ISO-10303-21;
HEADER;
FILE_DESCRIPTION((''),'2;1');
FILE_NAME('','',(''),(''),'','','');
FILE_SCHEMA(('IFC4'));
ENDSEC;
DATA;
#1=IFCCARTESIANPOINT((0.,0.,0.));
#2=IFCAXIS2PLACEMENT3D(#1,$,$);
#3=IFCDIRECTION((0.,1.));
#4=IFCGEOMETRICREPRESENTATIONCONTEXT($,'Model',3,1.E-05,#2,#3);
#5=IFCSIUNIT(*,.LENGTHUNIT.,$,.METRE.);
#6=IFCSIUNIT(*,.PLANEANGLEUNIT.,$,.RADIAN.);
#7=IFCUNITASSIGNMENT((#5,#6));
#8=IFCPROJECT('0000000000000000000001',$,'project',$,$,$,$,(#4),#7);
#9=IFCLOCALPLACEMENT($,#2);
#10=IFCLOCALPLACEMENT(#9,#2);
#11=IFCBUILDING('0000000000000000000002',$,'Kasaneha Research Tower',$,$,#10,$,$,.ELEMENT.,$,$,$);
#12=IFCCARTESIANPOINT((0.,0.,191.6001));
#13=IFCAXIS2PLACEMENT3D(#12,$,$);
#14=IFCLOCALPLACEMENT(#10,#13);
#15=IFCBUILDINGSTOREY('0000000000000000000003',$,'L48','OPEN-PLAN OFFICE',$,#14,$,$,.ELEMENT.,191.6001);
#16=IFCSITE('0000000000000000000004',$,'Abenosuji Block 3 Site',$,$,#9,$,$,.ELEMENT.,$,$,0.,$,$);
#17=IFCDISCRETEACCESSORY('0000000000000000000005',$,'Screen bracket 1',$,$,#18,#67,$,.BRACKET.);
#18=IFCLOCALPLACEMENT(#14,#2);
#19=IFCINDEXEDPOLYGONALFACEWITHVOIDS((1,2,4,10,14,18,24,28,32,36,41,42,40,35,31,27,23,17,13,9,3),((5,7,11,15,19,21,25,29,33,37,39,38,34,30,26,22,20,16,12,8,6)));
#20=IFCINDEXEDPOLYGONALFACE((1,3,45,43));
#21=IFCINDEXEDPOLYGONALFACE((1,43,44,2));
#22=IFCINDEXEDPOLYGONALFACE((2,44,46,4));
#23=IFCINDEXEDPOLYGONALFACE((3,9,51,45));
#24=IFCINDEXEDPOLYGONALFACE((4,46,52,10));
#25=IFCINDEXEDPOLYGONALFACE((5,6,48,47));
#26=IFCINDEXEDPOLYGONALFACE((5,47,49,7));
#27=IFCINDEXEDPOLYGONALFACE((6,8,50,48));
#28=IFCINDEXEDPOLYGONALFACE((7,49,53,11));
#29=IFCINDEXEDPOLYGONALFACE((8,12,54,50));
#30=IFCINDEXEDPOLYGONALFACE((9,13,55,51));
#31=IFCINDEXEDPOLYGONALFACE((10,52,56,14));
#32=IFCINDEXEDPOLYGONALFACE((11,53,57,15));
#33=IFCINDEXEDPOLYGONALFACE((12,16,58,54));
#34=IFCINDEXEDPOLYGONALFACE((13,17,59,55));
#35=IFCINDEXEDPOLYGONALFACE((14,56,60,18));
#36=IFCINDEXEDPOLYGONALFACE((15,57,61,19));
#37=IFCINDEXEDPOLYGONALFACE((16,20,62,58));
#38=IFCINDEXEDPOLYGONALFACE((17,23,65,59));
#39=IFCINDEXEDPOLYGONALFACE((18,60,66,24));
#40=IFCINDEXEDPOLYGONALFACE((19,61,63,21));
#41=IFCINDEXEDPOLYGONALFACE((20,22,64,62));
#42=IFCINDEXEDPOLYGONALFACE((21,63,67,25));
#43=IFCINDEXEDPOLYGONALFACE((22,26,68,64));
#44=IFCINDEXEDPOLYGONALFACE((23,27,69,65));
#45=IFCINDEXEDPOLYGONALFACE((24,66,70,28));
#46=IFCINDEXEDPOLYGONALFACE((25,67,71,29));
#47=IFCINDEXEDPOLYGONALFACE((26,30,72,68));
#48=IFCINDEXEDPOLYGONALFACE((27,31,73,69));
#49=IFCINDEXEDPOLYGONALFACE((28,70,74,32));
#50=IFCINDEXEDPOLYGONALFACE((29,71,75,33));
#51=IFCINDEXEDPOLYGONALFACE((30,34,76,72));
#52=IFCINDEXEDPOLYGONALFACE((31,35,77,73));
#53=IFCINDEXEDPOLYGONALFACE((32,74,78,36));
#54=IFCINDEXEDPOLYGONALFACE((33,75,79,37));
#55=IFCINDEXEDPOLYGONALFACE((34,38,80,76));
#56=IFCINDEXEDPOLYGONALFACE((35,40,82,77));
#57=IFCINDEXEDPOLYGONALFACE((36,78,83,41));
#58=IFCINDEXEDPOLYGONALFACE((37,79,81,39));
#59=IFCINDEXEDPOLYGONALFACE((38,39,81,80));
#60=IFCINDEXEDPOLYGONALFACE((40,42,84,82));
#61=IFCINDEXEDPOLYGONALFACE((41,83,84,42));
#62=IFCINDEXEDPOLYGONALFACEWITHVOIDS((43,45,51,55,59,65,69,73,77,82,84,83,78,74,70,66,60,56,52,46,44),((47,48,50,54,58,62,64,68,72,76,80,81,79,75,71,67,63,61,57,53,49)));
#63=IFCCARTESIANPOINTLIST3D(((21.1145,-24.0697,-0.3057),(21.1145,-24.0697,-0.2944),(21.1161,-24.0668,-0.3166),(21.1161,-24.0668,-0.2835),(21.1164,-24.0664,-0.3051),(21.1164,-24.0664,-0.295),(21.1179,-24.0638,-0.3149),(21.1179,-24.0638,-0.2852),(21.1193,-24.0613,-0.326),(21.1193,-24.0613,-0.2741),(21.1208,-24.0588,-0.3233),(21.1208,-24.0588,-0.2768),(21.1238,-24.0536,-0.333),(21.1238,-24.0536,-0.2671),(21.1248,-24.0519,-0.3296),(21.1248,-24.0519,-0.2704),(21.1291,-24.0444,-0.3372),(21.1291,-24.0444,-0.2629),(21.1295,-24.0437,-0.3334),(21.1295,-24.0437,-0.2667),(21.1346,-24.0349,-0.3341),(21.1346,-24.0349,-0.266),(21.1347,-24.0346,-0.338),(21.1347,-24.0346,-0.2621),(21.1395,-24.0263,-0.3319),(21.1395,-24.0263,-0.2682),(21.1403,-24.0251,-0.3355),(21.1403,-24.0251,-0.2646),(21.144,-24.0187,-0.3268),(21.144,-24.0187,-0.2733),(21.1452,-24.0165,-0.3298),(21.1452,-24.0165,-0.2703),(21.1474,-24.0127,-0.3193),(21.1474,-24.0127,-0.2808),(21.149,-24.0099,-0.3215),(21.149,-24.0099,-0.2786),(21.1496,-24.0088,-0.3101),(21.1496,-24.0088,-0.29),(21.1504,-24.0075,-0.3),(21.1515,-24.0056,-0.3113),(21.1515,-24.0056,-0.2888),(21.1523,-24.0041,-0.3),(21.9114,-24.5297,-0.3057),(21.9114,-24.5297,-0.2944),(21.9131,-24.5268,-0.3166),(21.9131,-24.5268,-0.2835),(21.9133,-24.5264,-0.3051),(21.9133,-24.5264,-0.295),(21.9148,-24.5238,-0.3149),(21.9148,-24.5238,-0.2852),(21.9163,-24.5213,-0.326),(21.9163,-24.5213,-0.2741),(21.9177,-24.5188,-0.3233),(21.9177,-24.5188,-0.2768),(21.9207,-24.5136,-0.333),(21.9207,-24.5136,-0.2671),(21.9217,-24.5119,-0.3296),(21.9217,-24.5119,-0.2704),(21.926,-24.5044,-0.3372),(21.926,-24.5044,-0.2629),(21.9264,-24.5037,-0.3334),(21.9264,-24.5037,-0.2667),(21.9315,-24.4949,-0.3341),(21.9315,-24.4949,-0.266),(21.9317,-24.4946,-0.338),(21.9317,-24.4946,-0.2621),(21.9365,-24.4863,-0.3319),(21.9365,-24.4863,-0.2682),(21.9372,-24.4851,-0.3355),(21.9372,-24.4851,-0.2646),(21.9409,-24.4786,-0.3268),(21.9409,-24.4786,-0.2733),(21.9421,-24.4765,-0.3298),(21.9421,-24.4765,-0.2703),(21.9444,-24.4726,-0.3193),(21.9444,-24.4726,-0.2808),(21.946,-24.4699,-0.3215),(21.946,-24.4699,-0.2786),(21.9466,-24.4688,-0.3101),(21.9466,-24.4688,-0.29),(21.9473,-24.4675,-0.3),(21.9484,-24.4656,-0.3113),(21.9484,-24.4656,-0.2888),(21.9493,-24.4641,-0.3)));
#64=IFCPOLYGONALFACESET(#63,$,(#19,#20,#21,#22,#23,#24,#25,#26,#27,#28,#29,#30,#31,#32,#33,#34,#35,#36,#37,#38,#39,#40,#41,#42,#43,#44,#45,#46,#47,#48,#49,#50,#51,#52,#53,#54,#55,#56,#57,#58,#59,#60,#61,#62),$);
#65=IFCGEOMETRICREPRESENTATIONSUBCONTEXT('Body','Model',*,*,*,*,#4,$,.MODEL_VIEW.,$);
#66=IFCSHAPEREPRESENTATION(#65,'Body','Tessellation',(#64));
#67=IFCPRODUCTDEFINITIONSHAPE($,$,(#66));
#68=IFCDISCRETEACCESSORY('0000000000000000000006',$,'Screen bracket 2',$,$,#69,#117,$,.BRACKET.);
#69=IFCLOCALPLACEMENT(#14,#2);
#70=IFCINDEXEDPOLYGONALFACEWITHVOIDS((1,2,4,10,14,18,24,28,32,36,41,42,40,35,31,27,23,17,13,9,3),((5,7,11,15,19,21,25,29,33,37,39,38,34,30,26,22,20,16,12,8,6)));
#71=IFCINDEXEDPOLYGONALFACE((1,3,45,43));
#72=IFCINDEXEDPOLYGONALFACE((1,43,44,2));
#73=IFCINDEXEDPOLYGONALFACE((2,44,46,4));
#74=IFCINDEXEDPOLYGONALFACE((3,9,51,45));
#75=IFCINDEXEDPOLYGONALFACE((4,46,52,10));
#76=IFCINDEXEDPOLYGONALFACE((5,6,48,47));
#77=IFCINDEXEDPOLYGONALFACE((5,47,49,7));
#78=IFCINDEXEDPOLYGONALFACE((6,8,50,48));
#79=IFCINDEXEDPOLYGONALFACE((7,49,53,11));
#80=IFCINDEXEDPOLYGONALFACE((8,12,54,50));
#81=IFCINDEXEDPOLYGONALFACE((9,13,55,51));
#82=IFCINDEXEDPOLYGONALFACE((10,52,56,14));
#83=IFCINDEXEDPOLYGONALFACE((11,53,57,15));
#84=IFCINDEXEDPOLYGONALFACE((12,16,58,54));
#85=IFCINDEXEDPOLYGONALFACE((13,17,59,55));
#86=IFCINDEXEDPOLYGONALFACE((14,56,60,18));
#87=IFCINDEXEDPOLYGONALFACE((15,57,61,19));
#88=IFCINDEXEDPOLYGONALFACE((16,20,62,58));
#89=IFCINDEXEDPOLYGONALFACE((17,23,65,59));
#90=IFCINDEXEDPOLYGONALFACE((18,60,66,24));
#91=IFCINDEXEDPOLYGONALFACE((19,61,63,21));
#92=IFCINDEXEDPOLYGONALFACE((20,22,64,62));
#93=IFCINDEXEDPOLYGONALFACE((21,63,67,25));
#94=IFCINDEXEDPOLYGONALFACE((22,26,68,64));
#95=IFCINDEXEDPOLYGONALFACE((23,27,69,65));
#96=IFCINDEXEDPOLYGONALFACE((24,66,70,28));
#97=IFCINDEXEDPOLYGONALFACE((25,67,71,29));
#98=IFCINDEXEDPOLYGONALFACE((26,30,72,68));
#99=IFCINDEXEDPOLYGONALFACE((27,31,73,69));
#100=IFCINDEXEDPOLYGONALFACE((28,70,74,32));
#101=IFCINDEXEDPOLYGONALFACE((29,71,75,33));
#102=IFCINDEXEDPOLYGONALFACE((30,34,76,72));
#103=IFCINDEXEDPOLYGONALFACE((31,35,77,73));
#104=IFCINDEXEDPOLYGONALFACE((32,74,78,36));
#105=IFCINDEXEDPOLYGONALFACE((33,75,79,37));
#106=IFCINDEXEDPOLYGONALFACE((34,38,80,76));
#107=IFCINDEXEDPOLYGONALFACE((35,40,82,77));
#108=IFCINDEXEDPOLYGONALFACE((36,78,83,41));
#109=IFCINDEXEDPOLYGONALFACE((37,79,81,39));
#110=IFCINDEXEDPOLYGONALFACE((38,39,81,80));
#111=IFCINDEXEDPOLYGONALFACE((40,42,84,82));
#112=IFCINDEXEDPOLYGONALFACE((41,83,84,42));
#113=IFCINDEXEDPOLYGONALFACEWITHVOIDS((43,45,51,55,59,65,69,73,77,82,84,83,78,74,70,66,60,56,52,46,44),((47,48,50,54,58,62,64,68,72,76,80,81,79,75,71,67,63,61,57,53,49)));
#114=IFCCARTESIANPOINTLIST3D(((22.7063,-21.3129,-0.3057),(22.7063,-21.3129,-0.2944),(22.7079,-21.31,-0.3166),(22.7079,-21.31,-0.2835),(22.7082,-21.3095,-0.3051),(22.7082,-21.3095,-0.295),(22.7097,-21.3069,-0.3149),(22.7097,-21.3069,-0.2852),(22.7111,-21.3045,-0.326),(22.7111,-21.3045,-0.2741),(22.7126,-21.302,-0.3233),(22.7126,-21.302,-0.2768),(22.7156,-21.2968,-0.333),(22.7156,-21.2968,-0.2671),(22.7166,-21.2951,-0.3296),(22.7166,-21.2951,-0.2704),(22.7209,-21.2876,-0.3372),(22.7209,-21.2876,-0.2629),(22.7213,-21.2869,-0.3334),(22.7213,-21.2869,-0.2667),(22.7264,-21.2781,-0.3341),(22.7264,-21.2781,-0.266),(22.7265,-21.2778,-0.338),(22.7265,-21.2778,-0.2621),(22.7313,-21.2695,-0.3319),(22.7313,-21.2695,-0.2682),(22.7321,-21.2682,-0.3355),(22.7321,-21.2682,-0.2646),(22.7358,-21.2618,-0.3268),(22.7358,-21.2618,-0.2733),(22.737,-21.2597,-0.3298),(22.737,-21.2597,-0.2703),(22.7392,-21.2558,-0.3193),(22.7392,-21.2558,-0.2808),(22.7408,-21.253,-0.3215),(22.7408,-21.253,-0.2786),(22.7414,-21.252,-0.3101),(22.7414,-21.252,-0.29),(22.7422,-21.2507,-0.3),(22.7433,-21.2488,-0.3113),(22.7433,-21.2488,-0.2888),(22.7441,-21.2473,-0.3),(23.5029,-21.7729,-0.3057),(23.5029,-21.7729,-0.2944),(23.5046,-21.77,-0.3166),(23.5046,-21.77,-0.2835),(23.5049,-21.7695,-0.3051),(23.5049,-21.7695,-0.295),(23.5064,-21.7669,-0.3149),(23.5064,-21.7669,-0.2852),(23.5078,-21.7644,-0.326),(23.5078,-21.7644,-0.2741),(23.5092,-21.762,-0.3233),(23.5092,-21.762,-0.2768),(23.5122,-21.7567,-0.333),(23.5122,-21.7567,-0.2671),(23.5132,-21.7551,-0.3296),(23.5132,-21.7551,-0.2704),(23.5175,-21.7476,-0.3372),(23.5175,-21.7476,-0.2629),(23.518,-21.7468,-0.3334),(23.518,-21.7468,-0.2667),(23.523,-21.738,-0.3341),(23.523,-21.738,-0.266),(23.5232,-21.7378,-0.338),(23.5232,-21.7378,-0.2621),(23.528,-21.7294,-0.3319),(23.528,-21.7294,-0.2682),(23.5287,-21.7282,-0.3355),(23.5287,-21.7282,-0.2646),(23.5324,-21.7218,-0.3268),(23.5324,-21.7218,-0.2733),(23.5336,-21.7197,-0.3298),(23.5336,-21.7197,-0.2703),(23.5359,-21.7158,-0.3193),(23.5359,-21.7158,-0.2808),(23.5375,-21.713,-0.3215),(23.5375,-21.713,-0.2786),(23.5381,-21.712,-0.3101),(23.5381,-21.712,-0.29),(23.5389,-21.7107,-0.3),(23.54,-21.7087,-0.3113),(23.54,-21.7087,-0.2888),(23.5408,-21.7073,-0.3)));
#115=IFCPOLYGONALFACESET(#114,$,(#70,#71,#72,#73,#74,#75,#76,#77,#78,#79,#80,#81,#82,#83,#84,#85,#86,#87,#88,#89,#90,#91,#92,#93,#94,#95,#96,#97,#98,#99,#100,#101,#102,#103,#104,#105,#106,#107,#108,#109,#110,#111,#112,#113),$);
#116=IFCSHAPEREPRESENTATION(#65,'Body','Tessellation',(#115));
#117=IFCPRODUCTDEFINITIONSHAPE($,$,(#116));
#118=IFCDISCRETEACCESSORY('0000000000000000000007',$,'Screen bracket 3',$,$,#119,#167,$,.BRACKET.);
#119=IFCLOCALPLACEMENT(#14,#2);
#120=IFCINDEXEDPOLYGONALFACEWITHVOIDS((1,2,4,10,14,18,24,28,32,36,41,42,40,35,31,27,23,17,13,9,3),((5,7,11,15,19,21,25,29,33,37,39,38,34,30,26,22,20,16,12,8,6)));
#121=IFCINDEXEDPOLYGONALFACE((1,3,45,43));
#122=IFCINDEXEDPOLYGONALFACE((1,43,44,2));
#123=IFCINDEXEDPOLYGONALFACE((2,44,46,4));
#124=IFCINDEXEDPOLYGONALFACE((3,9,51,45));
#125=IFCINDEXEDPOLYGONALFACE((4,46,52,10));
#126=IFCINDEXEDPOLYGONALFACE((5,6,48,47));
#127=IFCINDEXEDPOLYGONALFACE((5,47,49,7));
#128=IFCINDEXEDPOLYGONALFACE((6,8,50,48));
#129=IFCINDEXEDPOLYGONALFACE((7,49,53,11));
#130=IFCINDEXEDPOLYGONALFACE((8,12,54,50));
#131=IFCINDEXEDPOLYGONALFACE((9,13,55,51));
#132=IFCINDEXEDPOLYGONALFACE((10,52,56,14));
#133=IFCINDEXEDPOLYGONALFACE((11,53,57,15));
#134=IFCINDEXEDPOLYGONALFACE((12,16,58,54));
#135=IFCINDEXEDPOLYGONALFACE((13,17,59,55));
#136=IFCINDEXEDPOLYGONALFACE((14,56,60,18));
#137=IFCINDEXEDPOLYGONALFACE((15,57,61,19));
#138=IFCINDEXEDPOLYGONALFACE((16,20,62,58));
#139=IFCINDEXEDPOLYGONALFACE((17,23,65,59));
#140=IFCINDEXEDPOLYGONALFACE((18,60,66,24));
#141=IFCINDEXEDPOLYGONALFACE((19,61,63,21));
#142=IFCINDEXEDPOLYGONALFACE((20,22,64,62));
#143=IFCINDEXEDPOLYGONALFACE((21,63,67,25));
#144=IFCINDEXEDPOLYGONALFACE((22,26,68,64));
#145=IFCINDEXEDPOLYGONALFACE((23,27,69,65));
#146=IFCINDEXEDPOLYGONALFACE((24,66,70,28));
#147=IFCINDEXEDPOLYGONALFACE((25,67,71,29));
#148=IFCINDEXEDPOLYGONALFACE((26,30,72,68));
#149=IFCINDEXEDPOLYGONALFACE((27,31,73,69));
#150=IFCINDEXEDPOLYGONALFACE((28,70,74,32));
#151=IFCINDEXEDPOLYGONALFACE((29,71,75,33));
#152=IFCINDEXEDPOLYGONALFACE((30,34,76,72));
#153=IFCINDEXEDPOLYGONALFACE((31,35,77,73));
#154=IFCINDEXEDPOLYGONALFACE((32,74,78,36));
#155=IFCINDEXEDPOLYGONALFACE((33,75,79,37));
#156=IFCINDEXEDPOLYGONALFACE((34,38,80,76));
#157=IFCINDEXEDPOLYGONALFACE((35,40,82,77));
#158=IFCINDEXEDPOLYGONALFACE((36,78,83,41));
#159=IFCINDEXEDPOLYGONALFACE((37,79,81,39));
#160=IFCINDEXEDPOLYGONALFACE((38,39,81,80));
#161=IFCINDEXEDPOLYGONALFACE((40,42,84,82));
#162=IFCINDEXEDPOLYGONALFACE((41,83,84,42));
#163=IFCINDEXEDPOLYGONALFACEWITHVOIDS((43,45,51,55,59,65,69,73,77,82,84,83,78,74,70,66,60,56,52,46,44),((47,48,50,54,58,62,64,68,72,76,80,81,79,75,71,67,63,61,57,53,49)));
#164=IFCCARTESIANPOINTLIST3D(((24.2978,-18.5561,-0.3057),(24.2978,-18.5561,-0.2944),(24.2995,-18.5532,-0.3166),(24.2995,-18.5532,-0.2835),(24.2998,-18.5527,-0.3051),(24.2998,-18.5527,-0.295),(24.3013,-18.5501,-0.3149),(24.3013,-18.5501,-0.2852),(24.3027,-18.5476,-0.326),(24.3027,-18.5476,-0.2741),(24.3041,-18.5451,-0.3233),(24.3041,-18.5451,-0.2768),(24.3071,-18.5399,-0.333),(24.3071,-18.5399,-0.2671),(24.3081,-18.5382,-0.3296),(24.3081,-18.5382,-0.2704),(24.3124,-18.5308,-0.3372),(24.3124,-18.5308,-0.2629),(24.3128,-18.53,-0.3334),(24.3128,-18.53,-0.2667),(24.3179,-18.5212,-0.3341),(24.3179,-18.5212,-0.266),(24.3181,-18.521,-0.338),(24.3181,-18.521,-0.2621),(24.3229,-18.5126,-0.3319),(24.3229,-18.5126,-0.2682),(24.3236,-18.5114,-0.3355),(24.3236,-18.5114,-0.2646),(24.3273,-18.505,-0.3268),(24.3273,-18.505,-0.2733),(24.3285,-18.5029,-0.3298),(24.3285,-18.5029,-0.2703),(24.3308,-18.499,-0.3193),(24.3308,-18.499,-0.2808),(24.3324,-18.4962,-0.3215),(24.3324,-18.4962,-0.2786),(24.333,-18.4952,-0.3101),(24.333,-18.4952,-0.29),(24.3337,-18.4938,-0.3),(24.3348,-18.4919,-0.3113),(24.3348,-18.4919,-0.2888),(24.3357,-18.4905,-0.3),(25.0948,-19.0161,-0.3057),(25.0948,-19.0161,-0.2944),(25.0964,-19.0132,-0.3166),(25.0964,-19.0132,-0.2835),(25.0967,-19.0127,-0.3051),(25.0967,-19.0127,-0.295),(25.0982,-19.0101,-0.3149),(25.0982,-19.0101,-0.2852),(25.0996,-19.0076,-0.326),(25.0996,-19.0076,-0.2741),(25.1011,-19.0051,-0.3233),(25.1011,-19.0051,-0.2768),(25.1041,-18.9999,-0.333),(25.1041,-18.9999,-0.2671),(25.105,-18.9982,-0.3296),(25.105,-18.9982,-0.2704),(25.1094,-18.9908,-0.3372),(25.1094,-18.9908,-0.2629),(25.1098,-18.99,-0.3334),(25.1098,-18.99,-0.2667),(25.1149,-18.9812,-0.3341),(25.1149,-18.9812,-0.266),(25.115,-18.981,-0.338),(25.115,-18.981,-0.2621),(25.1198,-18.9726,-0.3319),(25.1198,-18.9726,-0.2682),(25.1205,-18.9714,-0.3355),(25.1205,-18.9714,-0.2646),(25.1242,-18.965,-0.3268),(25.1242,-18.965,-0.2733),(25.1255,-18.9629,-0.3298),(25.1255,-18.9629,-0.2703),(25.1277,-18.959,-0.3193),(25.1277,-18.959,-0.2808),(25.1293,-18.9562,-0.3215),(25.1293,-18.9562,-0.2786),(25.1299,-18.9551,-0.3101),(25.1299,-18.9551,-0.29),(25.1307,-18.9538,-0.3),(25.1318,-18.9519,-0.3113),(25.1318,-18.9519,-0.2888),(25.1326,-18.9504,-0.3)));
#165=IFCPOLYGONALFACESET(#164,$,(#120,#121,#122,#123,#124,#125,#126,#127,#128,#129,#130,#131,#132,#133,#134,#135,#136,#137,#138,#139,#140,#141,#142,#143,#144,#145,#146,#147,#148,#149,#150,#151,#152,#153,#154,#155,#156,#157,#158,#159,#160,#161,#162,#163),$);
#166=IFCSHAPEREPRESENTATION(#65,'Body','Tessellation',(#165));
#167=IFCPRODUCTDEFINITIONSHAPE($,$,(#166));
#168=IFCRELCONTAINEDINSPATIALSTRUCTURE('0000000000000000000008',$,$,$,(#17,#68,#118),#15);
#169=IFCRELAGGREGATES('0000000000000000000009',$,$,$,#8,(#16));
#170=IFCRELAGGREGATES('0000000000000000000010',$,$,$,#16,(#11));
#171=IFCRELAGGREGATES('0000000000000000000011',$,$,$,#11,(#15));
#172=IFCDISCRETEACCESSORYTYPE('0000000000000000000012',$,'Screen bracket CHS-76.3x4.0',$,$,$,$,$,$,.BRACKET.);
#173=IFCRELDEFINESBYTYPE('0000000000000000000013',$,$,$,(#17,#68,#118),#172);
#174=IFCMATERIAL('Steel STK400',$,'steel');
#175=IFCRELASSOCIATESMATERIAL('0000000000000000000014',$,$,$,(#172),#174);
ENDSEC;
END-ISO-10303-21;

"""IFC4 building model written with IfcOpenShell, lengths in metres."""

from ifc_helpers import new_model, si_unit, direction, frame, origin, origin_2d, place, context, subcontext, project, spatial, hollow_circle, extrude, material, material_profile, profile_set, type_object, element, save


model = new_model("IFC4")

# Units and contexts
model_context = context("Model", 3, precision=1e-05, world=origin(), true_north=direction((0.0, 1.0)))
body_context = subcontext(model_context, "Body", "Model", "MODEL_VIEW")
ifc_project = project(units=[si_unit("LENGTHUNIT", "METRE"), si_unit("PLANEANGLEUNIT", "RADIAN")], contexts=[model_context])

# Site, building, storey
site_placement = place(None, origin())
site = spatial("IfcSite", under=ifc_project, at=site_placement, Name="Abenosuji Block 3 Site", CompositionType="ELEMENT", RefElevation=0.0)
building_placement = place(site_placement, origin())
building = spatial("IfcBuilding", under=site, at=building_placement, Name="Kasaneha Research Tower", CompositionType="ELEMENT")
storey_placement = place(building_placement, frame((0.0, 0.0, 191.6001)))
storey = spatial("IfcBuildingStorey", under=building, at=storey_placement, Name="L48", Description="OPEN-PLAN OFFICE", CompositionType="ELEMENT", Elevation=191.6001)

# Discrete accessories
ifc_material_1 = material(Name="Steel STK400", Category="steel")
ifc_material_profile_1 = material_profile(ifc_material_1, hollow_circle(Radius=0.0381, WallThickness=0.0039, at=origin_2d()), Name="CHS-76.3x4.0")
ifc_profile_set_1 = profile_set([ifc_material_profile_1], Name="Steel STK400")
discrete_accessory_type = type_object("IfcDiscreteAccessoryType", Name="Screen bracket CHS-76.3x4.0", PredefinedType="BRACKET", material=ifc_profile_set_1)
discrete_accessory_1_placement = place(storey_placement, frame((21.1333, -24.0371, -0.3), z_axis=(0.86608, -0.499906, 0.0), x_axis=(0.499906, 0.86608, 0.0)))
element("IfcDiscreteAccessory", 1, at=discrete_accessory_1_placement, inside=storey, type_object=discrete_accessory_type, Name="Screen bracket 1", PredefinedType="BRACKET", context=body_context, shape_type="SweptSolid", body=[
    extrude(hollow_circle(Radius=0.0381, WallThickness=0.0039, at=origin_2d()), origin(), (0.0, 0.0, 1.0), 0.9202),
])
discrete_accessory_2_placement = place(storey_placement, frame((22.7251, -21.2803, -0.3), z_axis=(0.866013, -0.500021, 0.0), x_axis=(0.500021, 0.866013, 0.0)))
element("IfcDiscreteAccessory", 2, at=discrete_accessory_2_placement, inside=storey, type_object=discrete_accessory_type, Name="Screen bracket 2", PredefinedType="BRACKET", context=body_context, shape_type="SweptSolid", body=[
    extrude(hollow_circle(Radius=0.0381, WallThickness=0.0039, at=origin_2d()), origin(), (0.0, 0.0, 1.0), 0.9199),
])
discrete_accessory_3_placement = place(storey_placement, frame((24.3167, -18.5234, -0.3), z_axis=(0.86608, -0.499906, 0.0), x_axis=(0.499906, 0.86608, 0.0)))
element("IfcDiscreteAccessory", 3, at=discrete_accessory_3_placement, inside=storey, type_object=discrete_accessory_type, Name="Screen bracket 3", PredefinedType="BRACKET", context=body_context, shape_type="SweptSolid", body=[
    extrude(hollow_circle(Radius=0.0381, WallThickness=0.0039, at=origin_2d()), origin(), (0.0, 0.0, 1.0), 0.9202),
])

save(model, "model.ifc")
